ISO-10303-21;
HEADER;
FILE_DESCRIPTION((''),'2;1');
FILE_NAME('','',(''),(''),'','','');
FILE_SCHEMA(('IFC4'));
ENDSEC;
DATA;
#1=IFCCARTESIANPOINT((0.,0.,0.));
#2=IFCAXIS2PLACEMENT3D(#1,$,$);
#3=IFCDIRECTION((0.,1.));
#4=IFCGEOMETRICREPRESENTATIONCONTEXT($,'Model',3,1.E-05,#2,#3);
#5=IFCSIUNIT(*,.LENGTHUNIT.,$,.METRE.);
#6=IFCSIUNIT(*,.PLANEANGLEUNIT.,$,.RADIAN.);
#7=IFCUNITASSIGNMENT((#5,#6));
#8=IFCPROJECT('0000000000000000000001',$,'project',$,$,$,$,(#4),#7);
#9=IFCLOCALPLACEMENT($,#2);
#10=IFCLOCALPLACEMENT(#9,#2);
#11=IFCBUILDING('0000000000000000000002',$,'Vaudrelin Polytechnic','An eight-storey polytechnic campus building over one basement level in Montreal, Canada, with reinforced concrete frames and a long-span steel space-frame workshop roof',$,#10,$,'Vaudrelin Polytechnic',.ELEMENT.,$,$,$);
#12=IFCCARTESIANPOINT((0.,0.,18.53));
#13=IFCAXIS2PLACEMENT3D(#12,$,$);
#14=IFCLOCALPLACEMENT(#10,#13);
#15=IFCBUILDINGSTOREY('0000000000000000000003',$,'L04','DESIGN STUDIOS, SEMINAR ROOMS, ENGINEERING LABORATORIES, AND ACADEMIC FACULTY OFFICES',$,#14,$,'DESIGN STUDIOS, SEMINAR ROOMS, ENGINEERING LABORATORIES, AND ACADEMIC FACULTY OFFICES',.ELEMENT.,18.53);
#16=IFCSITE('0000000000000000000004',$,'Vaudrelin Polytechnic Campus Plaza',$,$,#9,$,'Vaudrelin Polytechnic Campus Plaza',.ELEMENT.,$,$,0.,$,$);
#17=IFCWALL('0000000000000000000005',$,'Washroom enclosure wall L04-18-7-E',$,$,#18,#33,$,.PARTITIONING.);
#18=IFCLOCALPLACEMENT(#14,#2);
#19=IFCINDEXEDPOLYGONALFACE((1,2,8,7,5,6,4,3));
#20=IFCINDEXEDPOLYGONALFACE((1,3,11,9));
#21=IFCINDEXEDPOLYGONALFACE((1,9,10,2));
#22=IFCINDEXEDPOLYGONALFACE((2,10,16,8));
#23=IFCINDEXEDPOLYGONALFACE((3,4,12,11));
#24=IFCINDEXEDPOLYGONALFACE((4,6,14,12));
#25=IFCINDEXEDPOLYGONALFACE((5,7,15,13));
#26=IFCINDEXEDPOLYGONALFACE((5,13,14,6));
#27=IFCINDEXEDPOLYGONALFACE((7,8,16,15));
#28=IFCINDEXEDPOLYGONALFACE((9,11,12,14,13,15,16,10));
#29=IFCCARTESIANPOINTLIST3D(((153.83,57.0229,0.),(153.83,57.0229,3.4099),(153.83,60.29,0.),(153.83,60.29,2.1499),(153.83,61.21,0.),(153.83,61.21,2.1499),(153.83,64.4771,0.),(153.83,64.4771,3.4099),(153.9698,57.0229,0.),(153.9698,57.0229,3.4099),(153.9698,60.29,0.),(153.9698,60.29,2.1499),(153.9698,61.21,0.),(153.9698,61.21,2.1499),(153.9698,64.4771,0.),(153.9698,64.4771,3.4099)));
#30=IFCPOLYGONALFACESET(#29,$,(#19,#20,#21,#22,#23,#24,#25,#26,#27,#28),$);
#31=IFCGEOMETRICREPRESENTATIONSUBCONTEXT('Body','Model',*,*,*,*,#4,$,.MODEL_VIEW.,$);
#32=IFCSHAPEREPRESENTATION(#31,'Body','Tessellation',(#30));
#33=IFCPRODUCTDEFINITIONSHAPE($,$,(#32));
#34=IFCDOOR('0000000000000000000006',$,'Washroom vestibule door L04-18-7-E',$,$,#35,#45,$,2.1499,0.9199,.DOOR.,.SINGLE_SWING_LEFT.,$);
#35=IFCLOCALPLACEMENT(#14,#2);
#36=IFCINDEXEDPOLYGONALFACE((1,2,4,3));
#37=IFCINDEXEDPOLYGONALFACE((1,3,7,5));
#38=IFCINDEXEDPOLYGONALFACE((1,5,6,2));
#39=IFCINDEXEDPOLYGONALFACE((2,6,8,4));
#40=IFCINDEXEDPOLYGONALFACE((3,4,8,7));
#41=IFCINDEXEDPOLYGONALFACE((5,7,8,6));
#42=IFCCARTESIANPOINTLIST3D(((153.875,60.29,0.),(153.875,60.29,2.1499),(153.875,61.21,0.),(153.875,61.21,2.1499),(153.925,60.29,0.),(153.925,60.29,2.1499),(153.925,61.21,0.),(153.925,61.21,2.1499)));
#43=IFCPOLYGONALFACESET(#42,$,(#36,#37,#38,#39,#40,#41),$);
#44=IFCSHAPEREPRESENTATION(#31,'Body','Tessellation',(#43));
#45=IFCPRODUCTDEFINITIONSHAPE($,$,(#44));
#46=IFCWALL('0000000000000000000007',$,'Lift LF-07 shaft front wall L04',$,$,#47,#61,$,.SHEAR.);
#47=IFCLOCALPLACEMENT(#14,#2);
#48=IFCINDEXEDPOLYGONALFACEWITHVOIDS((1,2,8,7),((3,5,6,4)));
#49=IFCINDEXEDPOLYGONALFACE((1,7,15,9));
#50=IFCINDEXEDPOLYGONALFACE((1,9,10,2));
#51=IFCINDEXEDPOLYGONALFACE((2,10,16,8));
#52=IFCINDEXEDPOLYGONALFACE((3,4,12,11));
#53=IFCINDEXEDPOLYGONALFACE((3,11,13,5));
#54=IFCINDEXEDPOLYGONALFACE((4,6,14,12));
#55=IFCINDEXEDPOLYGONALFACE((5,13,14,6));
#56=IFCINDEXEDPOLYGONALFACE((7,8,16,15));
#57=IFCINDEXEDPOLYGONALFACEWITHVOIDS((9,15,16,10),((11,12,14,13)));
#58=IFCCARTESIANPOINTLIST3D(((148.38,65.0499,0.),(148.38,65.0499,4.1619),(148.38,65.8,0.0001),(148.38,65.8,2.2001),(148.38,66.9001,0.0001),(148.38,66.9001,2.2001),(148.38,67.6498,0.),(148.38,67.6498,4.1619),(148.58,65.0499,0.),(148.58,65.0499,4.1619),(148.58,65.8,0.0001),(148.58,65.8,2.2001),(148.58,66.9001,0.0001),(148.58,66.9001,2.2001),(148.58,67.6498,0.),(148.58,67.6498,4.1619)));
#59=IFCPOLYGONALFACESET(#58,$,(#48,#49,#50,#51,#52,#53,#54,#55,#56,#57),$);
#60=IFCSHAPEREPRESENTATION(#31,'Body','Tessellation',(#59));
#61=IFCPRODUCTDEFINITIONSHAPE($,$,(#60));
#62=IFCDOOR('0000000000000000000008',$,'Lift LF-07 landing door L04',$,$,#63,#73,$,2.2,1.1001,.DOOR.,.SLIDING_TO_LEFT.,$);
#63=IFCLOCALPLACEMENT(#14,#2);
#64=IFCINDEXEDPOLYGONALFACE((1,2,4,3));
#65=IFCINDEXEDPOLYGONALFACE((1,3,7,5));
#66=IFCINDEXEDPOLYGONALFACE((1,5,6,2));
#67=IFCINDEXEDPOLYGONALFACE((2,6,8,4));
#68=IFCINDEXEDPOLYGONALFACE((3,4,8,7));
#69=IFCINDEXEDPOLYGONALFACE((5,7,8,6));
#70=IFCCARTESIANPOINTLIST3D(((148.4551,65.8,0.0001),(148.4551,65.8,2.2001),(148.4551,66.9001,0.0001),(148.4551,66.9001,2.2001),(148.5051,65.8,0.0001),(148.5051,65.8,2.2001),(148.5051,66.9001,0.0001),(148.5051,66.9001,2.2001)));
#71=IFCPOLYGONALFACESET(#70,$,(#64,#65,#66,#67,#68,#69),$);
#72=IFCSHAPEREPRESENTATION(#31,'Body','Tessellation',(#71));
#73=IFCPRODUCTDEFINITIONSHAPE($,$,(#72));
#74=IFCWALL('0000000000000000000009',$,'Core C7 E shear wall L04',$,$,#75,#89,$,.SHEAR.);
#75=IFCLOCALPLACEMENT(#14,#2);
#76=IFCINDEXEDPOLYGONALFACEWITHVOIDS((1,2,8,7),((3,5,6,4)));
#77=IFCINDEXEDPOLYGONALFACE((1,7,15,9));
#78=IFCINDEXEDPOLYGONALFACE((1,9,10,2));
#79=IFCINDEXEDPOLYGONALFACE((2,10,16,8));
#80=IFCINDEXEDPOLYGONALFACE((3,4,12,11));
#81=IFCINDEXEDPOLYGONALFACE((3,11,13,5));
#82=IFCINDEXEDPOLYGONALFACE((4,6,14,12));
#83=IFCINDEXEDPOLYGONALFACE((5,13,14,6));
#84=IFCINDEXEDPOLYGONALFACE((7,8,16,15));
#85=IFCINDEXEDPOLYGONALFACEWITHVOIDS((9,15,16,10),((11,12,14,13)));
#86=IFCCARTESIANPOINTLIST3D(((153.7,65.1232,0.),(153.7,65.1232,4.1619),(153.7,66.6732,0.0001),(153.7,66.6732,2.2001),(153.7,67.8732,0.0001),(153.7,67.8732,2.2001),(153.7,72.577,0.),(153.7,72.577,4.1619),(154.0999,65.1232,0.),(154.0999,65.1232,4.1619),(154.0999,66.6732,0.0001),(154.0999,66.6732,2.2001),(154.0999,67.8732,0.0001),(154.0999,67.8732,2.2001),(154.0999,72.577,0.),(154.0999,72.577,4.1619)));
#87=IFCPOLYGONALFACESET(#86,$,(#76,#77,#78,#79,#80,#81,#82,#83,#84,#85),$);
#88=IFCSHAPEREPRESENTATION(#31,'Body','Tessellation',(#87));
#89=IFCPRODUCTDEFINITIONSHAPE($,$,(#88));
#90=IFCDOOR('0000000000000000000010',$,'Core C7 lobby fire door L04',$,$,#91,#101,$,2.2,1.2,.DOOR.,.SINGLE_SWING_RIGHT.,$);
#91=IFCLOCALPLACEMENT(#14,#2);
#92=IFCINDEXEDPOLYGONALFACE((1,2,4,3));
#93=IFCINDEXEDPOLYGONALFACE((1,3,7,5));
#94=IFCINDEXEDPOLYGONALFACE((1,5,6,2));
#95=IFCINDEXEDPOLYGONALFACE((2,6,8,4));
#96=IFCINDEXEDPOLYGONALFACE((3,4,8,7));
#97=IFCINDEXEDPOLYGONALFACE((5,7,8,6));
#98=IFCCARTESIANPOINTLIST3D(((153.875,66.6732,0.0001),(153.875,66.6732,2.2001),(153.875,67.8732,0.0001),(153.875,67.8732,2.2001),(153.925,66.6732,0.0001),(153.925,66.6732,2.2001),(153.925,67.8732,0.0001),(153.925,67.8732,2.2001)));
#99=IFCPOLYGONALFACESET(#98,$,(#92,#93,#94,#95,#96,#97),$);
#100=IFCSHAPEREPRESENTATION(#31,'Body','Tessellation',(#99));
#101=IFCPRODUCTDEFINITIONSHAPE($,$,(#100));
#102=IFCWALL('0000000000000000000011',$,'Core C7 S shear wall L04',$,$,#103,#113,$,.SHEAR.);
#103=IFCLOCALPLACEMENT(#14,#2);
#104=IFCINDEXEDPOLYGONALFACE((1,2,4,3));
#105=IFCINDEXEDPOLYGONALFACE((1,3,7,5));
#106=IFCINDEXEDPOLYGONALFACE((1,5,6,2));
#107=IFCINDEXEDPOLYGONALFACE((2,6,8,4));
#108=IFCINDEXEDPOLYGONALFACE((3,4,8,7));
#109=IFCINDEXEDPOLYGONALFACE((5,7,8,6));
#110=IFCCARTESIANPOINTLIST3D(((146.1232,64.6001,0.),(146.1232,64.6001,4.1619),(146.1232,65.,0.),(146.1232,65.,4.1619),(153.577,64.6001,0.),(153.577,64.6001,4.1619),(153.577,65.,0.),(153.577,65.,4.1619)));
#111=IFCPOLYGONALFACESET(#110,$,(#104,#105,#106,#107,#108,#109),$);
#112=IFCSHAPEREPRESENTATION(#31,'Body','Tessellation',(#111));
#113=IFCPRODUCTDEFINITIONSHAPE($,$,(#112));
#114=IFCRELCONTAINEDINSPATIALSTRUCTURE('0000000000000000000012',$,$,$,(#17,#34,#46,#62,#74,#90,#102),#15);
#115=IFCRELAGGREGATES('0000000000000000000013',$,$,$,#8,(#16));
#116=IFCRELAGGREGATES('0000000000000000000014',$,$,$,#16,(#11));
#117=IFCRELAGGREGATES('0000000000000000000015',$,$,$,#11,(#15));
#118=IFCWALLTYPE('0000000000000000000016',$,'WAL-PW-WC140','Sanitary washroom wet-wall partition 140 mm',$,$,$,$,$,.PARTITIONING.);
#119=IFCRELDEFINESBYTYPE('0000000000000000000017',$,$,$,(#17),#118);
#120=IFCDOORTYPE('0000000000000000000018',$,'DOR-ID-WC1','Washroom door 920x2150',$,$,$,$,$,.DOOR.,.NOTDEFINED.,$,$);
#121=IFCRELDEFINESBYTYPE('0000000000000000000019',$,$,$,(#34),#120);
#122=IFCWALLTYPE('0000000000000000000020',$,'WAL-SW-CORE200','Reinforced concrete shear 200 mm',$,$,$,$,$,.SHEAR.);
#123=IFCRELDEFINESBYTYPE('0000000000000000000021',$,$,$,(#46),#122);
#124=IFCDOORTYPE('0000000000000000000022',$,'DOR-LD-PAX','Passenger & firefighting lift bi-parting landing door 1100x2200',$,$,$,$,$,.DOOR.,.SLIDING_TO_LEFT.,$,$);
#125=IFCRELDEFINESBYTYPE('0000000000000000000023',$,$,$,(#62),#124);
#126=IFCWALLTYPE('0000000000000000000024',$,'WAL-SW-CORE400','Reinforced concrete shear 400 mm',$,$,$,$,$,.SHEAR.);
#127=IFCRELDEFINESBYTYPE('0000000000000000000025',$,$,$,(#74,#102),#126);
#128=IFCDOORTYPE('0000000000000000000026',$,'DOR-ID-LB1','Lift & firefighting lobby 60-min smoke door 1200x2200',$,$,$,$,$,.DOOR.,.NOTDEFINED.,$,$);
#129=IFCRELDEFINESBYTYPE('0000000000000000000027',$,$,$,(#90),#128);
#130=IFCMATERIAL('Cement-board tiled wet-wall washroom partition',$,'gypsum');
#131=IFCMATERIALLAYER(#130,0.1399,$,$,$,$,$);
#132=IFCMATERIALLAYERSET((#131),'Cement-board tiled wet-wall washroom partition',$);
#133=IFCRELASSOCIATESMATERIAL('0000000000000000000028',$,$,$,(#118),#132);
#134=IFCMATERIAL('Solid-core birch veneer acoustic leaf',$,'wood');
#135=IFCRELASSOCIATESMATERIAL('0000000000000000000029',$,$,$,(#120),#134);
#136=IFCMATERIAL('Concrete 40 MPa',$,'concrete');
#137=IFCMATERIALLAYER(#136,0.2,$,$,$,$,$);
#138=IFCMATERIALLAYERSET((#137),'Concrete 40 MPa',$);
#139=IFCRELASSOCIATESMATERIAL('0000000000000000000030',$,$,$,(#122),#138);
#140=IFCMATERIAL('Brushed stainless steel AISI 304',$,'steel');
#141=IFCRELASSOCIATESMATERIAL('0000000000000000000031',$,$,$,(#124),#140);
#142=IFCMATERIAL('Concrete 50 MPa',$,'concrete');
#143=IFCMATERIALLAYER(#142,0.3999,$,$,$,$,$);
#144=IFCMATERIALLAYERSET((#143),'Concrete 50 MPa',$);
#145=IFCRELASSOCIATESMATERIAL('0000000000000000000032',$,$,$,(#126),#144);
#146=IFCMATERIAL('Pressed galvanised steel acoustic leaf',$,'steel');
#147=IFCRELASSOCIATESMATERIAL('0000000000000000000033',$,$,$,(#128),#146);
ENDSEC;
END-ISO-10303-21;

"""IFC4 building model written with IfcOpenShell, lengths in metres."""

from ifc_helpers import new_model, si_unit, direction, frame, frame_2d, origin, place, context, subcontext, project, spatial, rectangle, extrude, material, layer, layer_set, type_object, element, fill, save


model = new_model("IFC4")

# Units and contexts
model_context = context("Model", 3, precision=1e-05, world=origin(), true_north=direction((0.0, 1.0)))
body_context = subcontext(model_context, "Body", "Model", "MODEL_VIEW")
ifc_project = project(units=[si_unit("LENGTHUNIT", "METRE"), si_unit("PLANEANGLEUNIT", "RADIAN")], contexts=[model_context])

# Site, building, storey
site_placement = place(None, origin())
site = spatial("IfcSite", under=ifc_project, at=site_placement, Name="Vaudrelin Polytechnic Campus Plaza", LongName="Vaudrelin Polytechnic Campus Plaza", CompositionType="ELEMENT", RefElevation=0.0)
building_placement = place(site_placement, origin())
building = spatial("IfcBuilding", under=site, at=building_placement, Name="Vaudrelin Polytechnic", Description="An eight-storey polytechnic campus building over one basement level in Montreal, Canada, with reinforced concrete frames and a long-span steel space-frame workshop roof", LongName="Vaudrelin Polytechnic", CompositionType="ELEMENT")
storey_placement = place(building_placement, frame((0.0, 0.0, 18.53)))
storey = spatial("IfcBuildingStorey", under=building, at=storey_placement, Name="L04", Description="DESIGN STUDIOS, SEMINAR ROOMS, ENGINEERING LABORATORIES, AND ACADEMIC FACULTY OFFICES", LongName="DESIGN STUDIOS, SEMINAR ROOMS, ENGINEERING LABORATORIES, AND ACADEMIC FACULTY OFFICES", CompositionType="ELEMENT", Elevation=18.53)

# Shared definitions
ifc_material_1 = material(Name="Concrete 40 MPa", Category="concrete")

# Shared definitions
ifc_material_2 = material(Name="Cement-board tiled wet-wall washroom partition", Category="gypsum")
ifc_layer_1 = layer(ifc_material_2, 0.1399)
ifc_layer_set_1 = layer_set([ifc_layer_1], Name="Cement-board tiled wet-wall washroom partition")
wall_type_1 = type_object("IfcWallType", Name="WAL-PW-WC140", Description="Sanitary washroom wet-wall partition 140 mm", PredefinedType="PARTITIONING", material=ifc_layer_set_1)

# Wall, opening, door
wall_1_placement = place(storey_placement, frame((153.8999, 57.0229, 0.0), z_axis=(0.0, 0.0, 1.0), x_axis=(0.0, 1.0, 0.0)))
wall_1 = element("IfcWall", 1, at=wall_1_placement, inside=storey, type_object=wall_type_1, Name="Washroom enclosure wall L04-18-7-E", PredefinedType="PARTITIONING", context=body_context, shape_type="SweptSolid", body=[
    extrude(rectangle(XDim=7.4541, YDim=0.1399, at=frame_2d((3.7271, 0.0))), origin(), (0.0, 0.0, 1.0), 3.4099),
])
opening_1_placement = place(wall_1_placement, frame((3.2671, 0.0, 0.0)))
opening_1 = element("IfcOpeningElement", 2, at=opening_1_placement, cuts=wall_1, PredefinedType="OPENING", context=body_context, shape_type="SweptSolid", body=[
    extrude(rectangle(XDim=0.9199, YDim=2.1499, at=frame_2d((0.46, 1.075))), frame((0.0, 0.0801, 0.0), z_axis=(0.0, -1.0, 0.0), x_axis=(1.0, 0.0, 0.0)), (0.0, 0.0, 1.0), 0.1599),
])
ifc_material_3 = material(Name="Solid-core birch veneer acoustic leaf", Category="wood")
door_type_1 = type_object("IfcDoorType", Name="DOR-ID-WC1", Description="Washroom door 920x2150", OperationType="NOTDEFINED", PredefinedType="DOOR", material=ifc_material_3)
door_1_placement = place(opening_1_placement, origin())
door_1 = element("IfcDoor", 3, at=door_1_placement, inside=storey, type_object=door_type_1, Name="Washroom vestibule door L04-18-7-E", OperationType="SINGLE_SWING_LEFT", OverallHeight=2.1499, OverallWidth=0.9199, PredefinedType="DOOR", context=body_context, shape_type="SweptSolid", body=[
    extrude(rectangle(XDim=0.9199, YDim=2.1499, at=frame_2d((0.46, 1.075))), frame((0.0, 0.0249, 0.0), z_axis=(0.0, -1.0, 0.0), x_axis=(1.0, 0.0, 0.0)), (0.0, 0.0, 1.0), 0.05),
])
fill(opening_1, door_1)

# Walls, openings, doors
ifc_layer_2 = layer(ifc_material_1, 0.2)
ifc_layer_set_2 = layer_set([ifc_layer_2], Name="Concrete 40 MPa")
wall_type_2 = type_object("IfcWallType", Name="WAL-SW-CORE200", Description="Reinforced concrete shear 200 mm", PredefinedType="SHEAR", material=ifc_layer_set_2)
wall_2_placement = place(storey_placement, frame((148.48, 65.05, 0.0), z_axis=(0.0, 0.0, 1.0), x_axis=(0.0, 1.0, 0.0)))
wall_2 = element("IfcWall", 4, at=wall_2_placement, inside=storey, type_object=wall_type_2, Name="Lift LF-07 shaft front wall L04", PredefinedType="SHEAR", context=body_context, shape_type="SweptSolid", body=[
    extrude(rectangle(XDim=2.5999, YDim=0.2, at=frame_2d((1.2998, 0.0))), origin(), (0.0, 0.0, 1.0), 4.1619),
])
opening_2_placement = place(wall_2_placement, frame((0.75, 0.0, 0.0)))
opening_2 = element("IfcOpeningElement", 5, at=opening_2_placement, cuts=wall_2, PredefinedType="OPENING", context=body_context, shape_type="SweptSolid", body=[
    extrude(rectangle(XDim=1.1001, YDim=2.2, at=frame_2d((0.55, 1.1001))), frame((0.0, 0.1099, 0.0), z_axis=(0.0, -1.0, 0.0), x_axis=(1.0, 0.0, 0.0)), (0.0, 0.0, 1.0), 0.22),
])
ifc_material_4 = material(Name="Brushed stainless steel AISI 304", Category="steel")
door_type_2 = type_object("IfcDoorType", Name="DOR-LD-PAX", Description="Passenger & firefighting lift bi-parting landing door 1100x2200", OperationType="SLIDING_TO_LEFT", PredefinedType="DOOR", material=ifc_material_4)
door_2_placement = place(opening_2_placement, origin())
door_2 = element("IfcDoor", 6, at=door_2_placement, inside=storey, type_object=door_type_2, Name="Lift LF-07 landing door L04", OperationType="SLIDING_TO_LEFT", OverallHeight=2.2, OverallWidth=1.1001, PredefinedType="DOOR", context=body_context, shape_type="SweptSolid", body=[
    extrude(rectangle(XDim=1.1001, YDim=2.2, at=frame_2d((0.55, 1.1001))), frame((0.0, 0.0249, 0.0), z_axis=(0.0, -1.0, 0.0), x_axis=(1.0, 0.0, 0.0)), (0.0, 0.0, 1.0), 0.05),
])
fill(opening_2, door_2)
ifc_material_5 = material(Name="Concrete 50 MPa", Category="concrete")
ifc_layer_3 = layer(ifc_material_5, 0.3999)
ifc_layer_set_3 = layer_set([ifc_layer_3], Name="Concrete 50 MPa")
wall_type_3 = type_object("IfcWallType", Name="WAL-SW-CORE400", Description="Reinforced concrete shear 400 mm", PredefinedType="SHEAR", material=ifc_layer_set_3)
wall_3_placement = place(storey_placement, frame((153.8999, 65.123, 0.0), z_axis=(0.0, 0.0, 1.0), x_axis=(0.0, 1.0, 0.0)))
wall_3 = element("IfcWall", 7, at=wall_3_placement, inside=storey, type_object=wall_type_3, Name="Core C7 E shear wall L04", PredefinedType="SHEAR", context=body_context, shape_type="SweptSolid", body=[
    extrude(rectangle(XDim=7.4539, YDim=0.3999, at=frame_2d((3.7271, 0.0))), origin(), (0.0, 0.0, 1.0), 4.1619),
])
opening_3_placement = place(wall_3_placement, frame((1.55, 0.0, 0.0)))
opening_3 = element("IfcOpeningElement", 8, at=opening_3_placement, cuts=wall_3, PredefinedType="OPENING", context=body_context, shape_type="SweptSolid", body=[
    extrude(rectangle(XDim=1.2, YDim=2.2, at=frame_2d((0.6001, 1.1001))), frame((0.0, 0.21, 0.0), z_axis=(0.0, -1.0, 0.0), x_axis=(1.0, 0.0, 0.0)), (0.0, 0.0, 1.0), 0.4199),
])
ifc_material_6 = material(Name="Pressed galvanised steel acoustic leaf", Category="steel")
door_type_3 = type_object("IfcDoorType", Name="DOR-ID-LB1", Description="Lift & firefighting lobby 60-min smoke door 1200x2200", OperationType="NOTDEFINED", PredefinedType="DOOR", material=ifc_material_6)
door_3_placement = place(opening_3_placement, origin())
door_3 = element("IfcDoor", 9, at=door_3_placement, inside=storey, type_object=door_type_3, Name="Core C7 lobby fire door L04", OperationType="SINGLE_SWING_RIGHT", OverallHeight=2.2, OverallWidth=1.2, PredefinedType="DOOR", context=body_context, shape_type="SweptSolid", body=[
    extrude(rectangle(XDim=1.2, YDim=2.2, at=frame_2d((0.6001, 1.1001))), frame((0.0, 0.0249, 0.0), z_axis=(0.0, -1.0, 0.0), x_axis=(1.0, 0.0, 0.0)), (0.0, 0.0, 1.0), 0.05),
])
fill(opening_3, door_3)

# Wall
wall_4_placement = place(storey_placement, frame((146.123, 64.8, 0.0), z_axis=(0.0, 0.0, 1.0), x_axis=(1.0, 0.0, 0.0)))
element("IfcWall", 10, at=wall_4_placement, inside=storey, type_object=wall_type_3, Name="Core C7 S shear wall L04", PredefinedType="SHEAR", context=body_context, shape_type="SweptSolid", body=[
    extrude(rectangle(XDim=7.4539, YDim=0.3999, at=frame_2d((3.7271, 0.0))), origin(), (0.0, 0.0, 1.0), 4.1619),
])

save(model, "model.ifc")
